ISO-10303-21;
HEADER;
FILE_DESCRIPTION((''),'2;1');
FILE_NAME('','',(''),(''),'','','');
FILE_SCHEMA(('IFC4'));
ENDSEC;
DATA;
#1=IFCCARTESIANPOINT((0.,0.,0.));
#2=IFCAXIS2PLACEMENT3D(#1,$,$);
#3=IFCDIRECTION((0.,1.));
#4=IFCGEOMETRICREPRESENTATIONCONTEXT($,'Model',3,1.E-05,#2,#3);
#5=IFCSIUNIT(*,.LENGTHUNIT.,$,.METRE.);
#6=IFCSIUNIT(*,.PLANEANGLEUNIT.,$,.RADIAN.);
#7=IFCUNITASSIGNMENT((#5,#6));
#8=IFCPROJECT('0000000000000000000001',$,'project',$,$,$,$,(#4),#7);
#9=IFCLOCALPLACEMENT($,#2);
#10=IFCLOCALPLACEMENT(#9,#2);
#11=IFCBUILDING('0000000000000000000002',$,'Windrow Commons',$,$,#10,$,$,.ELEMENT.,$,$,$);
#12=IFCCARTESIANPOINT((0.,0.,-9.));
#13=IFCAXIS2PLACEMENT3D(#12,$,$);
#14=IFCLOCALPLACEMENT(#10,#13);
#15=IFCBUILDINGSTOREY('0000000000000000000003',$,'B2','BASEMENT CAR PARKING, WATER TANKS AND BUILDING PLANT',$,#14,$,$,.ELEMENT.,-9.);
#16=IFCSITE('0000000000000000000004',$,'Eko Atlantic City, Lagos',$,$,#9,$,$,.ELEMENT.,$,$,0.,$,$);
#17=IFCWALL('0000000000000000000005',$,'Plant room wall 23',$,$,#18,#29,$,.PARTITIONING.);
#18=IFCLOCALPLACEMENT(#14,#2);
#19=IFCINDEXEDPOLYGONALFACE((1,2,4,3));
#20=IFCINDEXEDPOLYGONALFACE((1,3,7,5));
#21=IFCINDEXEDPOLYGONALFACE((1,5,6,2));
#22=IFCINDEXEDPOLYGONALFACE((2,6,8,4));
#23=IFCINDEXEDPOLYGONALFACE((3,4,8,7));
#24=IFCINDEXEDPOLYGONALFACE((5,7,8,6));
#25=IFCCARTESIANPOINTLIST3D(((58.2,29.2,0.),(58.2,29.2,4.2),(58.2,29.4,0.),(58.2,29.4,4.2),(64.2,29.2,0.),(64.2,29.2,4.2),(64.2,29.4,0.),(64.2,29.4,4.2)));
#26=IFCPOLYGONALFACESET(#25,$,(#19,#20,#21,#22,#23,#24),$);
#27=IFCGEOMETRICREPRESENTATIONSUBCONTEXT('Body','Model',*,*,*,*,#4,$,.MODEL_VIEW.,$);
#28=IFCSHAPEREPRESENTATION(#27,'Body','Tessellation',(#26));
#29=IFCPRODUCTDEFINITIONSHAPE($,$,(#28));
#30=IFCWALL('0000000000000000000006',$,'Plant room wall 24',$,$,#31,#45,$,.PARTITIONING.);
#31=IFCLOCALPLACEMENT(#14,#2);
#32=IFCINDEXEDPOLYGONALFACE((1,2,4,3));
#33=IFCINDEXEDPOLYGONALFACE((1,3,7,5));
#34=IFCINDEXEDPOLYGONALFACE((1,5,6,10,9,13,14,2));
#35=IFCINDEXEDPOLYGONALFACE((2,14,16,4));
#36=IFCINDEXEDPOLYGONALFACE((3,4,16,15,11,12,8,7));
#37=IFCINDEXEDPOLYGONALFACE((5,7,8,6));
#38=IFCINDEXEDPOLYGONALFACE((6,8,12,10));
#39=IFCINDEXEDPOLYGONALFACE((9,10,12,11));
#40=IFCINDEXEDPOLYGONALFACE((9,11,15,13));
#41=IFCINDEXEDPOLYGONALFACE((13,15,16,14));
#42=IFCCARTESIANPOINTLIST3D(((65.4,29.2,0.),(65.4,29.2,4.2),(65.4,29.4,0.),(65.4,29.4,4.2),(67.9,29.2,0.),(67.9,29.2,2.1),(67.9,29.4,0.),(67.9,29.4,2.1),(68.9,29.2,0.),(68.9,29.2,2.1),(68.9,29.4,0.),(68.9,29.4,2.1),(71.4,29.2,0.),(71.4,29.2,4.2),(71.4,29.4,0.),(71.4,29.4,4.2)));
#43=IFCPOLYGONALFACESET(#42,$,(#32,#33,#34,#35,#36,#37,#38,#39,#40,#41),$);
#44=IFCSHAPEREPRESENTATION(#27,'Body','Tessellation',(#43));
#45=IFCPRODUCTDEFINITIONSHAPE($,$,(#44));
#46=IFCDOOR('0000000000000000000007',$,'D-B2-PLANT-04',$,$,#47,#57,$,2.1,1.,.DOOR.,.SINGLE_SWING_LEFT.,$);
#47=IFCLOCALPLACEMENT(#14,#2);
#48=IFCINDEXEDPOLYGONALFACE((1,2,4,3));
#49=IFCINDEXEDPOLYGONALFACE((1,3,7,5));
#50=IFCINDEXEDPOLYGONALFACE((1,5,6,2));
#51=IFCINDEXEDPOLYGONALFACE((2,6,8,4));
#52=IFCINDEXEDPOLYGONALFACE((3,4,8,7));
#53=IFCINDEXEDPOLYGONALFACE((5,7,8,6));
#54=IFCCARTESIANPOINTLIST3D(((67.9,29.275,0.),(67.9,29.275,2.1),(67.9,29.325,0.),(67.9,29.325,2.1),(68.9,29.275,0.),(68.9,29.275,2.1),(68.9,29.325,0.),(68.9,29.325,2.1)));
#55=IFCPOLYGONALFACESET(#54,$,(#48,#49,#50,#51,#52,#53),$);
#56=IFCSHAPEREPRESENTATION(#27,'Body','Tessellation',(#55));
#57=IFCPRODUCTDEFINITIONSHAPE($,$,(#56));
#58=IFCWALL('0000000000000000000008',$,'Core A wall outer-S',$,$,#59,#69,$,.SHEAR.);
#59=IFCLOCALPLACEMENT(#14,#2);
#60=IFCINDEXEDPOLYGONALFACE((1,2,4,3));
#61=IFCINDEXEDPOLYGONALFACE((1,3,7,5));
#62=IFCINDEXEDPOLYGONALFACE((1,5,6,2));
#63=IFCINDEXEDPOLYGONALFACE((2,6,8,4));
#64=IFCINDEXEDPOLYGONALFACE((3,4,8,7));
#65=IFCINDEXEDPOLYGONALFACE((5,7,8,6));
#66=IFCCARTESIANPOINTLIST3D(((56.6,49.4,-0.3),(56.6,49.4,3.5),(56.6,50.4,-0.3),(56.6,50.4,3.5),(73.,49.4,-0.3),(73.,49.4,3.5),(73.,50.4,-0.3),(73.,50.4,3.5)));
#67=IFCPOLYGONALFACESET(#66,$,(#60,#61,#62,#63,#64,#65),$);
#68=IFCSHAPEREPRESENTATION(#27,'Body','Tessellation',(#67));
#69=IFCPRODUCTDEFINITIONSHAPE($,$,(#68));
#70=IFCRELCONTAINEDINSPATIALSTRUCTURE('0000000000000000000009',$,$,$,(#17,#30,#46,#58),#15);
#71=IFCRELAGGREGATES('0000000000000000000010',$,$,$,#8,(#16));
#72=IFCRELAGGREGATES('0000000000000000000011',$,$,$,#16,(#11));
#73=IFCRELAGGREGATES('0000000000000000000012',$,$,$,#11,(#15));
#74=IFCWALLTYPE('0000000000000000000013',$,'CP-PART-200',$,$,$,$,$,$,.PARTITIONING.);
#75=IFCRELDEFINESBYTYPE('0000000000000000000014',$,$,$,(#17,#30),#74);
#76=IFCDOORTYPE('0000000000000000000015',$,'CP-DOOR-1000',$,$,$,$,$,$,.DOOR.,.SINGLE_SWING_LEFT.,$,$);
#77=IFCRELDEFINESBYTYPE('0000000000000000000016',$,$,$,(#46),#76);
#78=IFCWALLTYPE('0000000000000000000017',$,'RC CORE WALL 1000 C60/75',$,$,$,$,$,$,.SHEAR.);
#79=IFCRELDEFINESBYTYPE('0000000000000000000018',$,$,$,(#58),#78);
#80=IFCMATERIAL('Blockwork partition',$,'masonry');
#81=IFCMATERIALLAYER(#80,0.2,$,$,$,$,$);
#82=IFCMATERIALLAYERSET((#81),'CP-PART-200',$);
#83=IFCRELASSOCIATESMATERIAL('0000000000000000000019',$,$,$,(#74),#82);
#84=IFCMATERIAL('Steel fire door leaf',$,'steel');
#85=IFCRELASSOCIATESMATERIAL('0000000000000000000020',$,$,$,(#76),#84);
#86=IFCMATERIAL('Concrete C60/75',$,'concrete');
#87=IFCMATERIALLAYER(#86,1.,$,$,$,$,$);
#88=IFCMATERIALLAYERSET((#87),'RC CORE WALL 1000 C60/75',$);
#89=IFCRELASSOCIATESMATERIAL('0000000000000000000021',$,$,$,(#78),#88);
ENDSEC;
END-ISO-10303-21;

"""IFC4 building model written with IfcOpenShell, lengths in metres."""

from ifc_helpers import new_model, si_unit, direction, frame, frame_2d, origin, place, context, subcontext, project, spatial, rectangle, extrude, material, layer, layer_set, type_object, element, fill, save


model = new_model("IFC4")

# Units and contexts
model_context = context("Model", 3, precision=1e-05, world=origin(), true_north=direction((0.0, 1.0)))
body_context = subcontext(model_context, "Body", "Model", "MODEL_VIEW")
ifc_project = project(units=[si_unit("LENGTHUNIT", "METRE"), si_unit("PLANEANGLEUNIT", "RADIAN")], contexts=[model_context])

# Site, building, storey
site_placement = place(None, origin())
site = spatial("IfcSite", under=ifc_project, at=site_placement, Name="Eko Atlantic City, Lagos", CompositionType="ELEMENT", RefElevation=0.0)
building_placement = place(site_placement, origin())
building = spatial("IfcBuilding", under=site, at=building_placement, Name="Windrow Commons", CompositionType="ELEMENT")
storey_placement = place(building_placement, frame((0.0, 0.0, -9.0)))
storey = spatial("IfcBuildingStorey", under=building, at=storey_placement, Name="B2", Description="BASEMENT CAR PARKING, WATER TANKS AND BUILDING PLANT", CompositionType="ELEMENT", Elevation=-9.0)

# Shared definitions
ifc_material_1 = material(Name="Blockwork partition", Category="masonry")
ifc_layer_1 = layer(ifc_material_1, 0.2)
ifc_layer_set_1 = layer_set([ifc_layer_1], Name="CP-PART-200")
wall_type_1 = type_object("IfcWallType", Name="CP-PART-200", PredefinedType="PARTITIONING", material=ifc_layer_set_1)
ifc_material_2 = material(Name="Steel fire door leaf", Category="steel")
door_type = type_object("IfcDoorType", Name="CP-DOOR-1000", OperationType="SINGLE_SWING_LEFT", PredefinedType="DOOR", material=ifc_material_2)

# Wall
wall_1_placement = place(storey_placement, frame((58.2, 29.3, 0.0), z_axis=(0.0, 0.0, 1.0), x_axis=(1.0, 0.0, 0.0)))
element("IfcWall", 1, at=wall_1_placement, inside=storey, type_object=wall_type_1, Name="Plant room wall 23", PredefinedType="PARTITIONING", context=body_context, shape_type="SweptSolid", body=[
    extrude(rectangle(XDim=6.0, YDim=0.2, at=frame_2d((3.0, 0.0))), origin(), (0.0, 0.0, 1.0), 4.2),
])

# Wall, opening, door
wall_2_placement = place(storey_placement, frame((65.4, 29.3, 0.0), z_axis=(0.0, 0.0, 1.0), x_axis=(1.0, 0.0, 0.0)))
wall_2 = element("IfcWall", 2, at=wall_2_placement, inside=storey, type_object=wall_type_1, Name="Plant room wall 24", PredefinedType="PARTITIONING", context=body_context, shape_type="SweptSolid", body=[
    extrude(rectangle(XDim=6.0, YDim=0.2, at=frame_2d((3.0, 0.0))), origin(), (0.0, 0.0, 1.0), 4.2),
])
opening_1_placement = place(wall_2_placement, frame((2.5, 0.0, 0.0)))
opening_1 = element("IfcOpeningElement", 3, at=opening_1_placement, cuts=wall_2, PredefinedType="OPENING", context=body_context, shape_type="SweptSolid", body=[
    extrude(rectangle(XDim=1.0, YDim=2.1, at=frame_2d((0.5, 1.05))), frame((0.0, 0.11, 0.0), z_axis=(0.0, -1.0, 0.0), x_axis=(1.0, 0.0, 0.0)), (0.0, 0.0, 1.0), 0.22),
])
door_1_placement = place(opening_1_placement, origin())
door_1 = element("IfcDoor", 4, at=door_1_placement, inside=storey, type_object=door_type, Name="D-B2-PLANT-04", OperationType="SINGLE_SWING_LEFT", OverallHeight=2.1, OverallWidth=1.0, PredefinedType="DOOR", context=body_context, shape_type="SweptSolid", body=[
    extrude(rectangle(XDim=1.0, YDim=2.1, at=frame_2d((0.5, 1.05))), frame((0.0, 0.025, 0.0), z_axis=(0.0, -1.0, 0.0), x_axis=(1.0, 0.0, 0.0)), (0.0, 0.0, 1.0), 0.05),
])
fill(opening_1, door_1)

# Wall
ifc_material_3 = material(Name="Concrete C60/75", Category="concrete")
ifc_layer_2 = layer(ifc_material_3, 1.0)
ifc_layer_set_2 = layer_set([ifc_layer_2], Name="RC CORE WALL 1000 C60/75")
wall_type_2 = type_object("IfcWallType", Name="RC CORE WALL 1000 C60/75", PredefinedType="SHEAR", material=ifc_layer_set_2)
wall_3_placement = place(storey_placement, frame((56.6, 49.9, -0.3), z_axis=(0.0, 0.0, 1.0), x_axis=(1.0, 0.0, 0.0)))
element("IfcWall", 5, at=wall_3_placement, inside=storey, type_object=wall_type_2, Name="Core A wall outer-S", PredefinedType="SHEAR", context=body_context, shape_type="SweptSolid", body=[
    extrude(rectangle(XDim=16.4, YDim=1.0, at=frame_2d((8.2, 0.0))), origin(), (0.0, 0.0, 1.0), 3.8),
])

save(model, "model.ifc")
